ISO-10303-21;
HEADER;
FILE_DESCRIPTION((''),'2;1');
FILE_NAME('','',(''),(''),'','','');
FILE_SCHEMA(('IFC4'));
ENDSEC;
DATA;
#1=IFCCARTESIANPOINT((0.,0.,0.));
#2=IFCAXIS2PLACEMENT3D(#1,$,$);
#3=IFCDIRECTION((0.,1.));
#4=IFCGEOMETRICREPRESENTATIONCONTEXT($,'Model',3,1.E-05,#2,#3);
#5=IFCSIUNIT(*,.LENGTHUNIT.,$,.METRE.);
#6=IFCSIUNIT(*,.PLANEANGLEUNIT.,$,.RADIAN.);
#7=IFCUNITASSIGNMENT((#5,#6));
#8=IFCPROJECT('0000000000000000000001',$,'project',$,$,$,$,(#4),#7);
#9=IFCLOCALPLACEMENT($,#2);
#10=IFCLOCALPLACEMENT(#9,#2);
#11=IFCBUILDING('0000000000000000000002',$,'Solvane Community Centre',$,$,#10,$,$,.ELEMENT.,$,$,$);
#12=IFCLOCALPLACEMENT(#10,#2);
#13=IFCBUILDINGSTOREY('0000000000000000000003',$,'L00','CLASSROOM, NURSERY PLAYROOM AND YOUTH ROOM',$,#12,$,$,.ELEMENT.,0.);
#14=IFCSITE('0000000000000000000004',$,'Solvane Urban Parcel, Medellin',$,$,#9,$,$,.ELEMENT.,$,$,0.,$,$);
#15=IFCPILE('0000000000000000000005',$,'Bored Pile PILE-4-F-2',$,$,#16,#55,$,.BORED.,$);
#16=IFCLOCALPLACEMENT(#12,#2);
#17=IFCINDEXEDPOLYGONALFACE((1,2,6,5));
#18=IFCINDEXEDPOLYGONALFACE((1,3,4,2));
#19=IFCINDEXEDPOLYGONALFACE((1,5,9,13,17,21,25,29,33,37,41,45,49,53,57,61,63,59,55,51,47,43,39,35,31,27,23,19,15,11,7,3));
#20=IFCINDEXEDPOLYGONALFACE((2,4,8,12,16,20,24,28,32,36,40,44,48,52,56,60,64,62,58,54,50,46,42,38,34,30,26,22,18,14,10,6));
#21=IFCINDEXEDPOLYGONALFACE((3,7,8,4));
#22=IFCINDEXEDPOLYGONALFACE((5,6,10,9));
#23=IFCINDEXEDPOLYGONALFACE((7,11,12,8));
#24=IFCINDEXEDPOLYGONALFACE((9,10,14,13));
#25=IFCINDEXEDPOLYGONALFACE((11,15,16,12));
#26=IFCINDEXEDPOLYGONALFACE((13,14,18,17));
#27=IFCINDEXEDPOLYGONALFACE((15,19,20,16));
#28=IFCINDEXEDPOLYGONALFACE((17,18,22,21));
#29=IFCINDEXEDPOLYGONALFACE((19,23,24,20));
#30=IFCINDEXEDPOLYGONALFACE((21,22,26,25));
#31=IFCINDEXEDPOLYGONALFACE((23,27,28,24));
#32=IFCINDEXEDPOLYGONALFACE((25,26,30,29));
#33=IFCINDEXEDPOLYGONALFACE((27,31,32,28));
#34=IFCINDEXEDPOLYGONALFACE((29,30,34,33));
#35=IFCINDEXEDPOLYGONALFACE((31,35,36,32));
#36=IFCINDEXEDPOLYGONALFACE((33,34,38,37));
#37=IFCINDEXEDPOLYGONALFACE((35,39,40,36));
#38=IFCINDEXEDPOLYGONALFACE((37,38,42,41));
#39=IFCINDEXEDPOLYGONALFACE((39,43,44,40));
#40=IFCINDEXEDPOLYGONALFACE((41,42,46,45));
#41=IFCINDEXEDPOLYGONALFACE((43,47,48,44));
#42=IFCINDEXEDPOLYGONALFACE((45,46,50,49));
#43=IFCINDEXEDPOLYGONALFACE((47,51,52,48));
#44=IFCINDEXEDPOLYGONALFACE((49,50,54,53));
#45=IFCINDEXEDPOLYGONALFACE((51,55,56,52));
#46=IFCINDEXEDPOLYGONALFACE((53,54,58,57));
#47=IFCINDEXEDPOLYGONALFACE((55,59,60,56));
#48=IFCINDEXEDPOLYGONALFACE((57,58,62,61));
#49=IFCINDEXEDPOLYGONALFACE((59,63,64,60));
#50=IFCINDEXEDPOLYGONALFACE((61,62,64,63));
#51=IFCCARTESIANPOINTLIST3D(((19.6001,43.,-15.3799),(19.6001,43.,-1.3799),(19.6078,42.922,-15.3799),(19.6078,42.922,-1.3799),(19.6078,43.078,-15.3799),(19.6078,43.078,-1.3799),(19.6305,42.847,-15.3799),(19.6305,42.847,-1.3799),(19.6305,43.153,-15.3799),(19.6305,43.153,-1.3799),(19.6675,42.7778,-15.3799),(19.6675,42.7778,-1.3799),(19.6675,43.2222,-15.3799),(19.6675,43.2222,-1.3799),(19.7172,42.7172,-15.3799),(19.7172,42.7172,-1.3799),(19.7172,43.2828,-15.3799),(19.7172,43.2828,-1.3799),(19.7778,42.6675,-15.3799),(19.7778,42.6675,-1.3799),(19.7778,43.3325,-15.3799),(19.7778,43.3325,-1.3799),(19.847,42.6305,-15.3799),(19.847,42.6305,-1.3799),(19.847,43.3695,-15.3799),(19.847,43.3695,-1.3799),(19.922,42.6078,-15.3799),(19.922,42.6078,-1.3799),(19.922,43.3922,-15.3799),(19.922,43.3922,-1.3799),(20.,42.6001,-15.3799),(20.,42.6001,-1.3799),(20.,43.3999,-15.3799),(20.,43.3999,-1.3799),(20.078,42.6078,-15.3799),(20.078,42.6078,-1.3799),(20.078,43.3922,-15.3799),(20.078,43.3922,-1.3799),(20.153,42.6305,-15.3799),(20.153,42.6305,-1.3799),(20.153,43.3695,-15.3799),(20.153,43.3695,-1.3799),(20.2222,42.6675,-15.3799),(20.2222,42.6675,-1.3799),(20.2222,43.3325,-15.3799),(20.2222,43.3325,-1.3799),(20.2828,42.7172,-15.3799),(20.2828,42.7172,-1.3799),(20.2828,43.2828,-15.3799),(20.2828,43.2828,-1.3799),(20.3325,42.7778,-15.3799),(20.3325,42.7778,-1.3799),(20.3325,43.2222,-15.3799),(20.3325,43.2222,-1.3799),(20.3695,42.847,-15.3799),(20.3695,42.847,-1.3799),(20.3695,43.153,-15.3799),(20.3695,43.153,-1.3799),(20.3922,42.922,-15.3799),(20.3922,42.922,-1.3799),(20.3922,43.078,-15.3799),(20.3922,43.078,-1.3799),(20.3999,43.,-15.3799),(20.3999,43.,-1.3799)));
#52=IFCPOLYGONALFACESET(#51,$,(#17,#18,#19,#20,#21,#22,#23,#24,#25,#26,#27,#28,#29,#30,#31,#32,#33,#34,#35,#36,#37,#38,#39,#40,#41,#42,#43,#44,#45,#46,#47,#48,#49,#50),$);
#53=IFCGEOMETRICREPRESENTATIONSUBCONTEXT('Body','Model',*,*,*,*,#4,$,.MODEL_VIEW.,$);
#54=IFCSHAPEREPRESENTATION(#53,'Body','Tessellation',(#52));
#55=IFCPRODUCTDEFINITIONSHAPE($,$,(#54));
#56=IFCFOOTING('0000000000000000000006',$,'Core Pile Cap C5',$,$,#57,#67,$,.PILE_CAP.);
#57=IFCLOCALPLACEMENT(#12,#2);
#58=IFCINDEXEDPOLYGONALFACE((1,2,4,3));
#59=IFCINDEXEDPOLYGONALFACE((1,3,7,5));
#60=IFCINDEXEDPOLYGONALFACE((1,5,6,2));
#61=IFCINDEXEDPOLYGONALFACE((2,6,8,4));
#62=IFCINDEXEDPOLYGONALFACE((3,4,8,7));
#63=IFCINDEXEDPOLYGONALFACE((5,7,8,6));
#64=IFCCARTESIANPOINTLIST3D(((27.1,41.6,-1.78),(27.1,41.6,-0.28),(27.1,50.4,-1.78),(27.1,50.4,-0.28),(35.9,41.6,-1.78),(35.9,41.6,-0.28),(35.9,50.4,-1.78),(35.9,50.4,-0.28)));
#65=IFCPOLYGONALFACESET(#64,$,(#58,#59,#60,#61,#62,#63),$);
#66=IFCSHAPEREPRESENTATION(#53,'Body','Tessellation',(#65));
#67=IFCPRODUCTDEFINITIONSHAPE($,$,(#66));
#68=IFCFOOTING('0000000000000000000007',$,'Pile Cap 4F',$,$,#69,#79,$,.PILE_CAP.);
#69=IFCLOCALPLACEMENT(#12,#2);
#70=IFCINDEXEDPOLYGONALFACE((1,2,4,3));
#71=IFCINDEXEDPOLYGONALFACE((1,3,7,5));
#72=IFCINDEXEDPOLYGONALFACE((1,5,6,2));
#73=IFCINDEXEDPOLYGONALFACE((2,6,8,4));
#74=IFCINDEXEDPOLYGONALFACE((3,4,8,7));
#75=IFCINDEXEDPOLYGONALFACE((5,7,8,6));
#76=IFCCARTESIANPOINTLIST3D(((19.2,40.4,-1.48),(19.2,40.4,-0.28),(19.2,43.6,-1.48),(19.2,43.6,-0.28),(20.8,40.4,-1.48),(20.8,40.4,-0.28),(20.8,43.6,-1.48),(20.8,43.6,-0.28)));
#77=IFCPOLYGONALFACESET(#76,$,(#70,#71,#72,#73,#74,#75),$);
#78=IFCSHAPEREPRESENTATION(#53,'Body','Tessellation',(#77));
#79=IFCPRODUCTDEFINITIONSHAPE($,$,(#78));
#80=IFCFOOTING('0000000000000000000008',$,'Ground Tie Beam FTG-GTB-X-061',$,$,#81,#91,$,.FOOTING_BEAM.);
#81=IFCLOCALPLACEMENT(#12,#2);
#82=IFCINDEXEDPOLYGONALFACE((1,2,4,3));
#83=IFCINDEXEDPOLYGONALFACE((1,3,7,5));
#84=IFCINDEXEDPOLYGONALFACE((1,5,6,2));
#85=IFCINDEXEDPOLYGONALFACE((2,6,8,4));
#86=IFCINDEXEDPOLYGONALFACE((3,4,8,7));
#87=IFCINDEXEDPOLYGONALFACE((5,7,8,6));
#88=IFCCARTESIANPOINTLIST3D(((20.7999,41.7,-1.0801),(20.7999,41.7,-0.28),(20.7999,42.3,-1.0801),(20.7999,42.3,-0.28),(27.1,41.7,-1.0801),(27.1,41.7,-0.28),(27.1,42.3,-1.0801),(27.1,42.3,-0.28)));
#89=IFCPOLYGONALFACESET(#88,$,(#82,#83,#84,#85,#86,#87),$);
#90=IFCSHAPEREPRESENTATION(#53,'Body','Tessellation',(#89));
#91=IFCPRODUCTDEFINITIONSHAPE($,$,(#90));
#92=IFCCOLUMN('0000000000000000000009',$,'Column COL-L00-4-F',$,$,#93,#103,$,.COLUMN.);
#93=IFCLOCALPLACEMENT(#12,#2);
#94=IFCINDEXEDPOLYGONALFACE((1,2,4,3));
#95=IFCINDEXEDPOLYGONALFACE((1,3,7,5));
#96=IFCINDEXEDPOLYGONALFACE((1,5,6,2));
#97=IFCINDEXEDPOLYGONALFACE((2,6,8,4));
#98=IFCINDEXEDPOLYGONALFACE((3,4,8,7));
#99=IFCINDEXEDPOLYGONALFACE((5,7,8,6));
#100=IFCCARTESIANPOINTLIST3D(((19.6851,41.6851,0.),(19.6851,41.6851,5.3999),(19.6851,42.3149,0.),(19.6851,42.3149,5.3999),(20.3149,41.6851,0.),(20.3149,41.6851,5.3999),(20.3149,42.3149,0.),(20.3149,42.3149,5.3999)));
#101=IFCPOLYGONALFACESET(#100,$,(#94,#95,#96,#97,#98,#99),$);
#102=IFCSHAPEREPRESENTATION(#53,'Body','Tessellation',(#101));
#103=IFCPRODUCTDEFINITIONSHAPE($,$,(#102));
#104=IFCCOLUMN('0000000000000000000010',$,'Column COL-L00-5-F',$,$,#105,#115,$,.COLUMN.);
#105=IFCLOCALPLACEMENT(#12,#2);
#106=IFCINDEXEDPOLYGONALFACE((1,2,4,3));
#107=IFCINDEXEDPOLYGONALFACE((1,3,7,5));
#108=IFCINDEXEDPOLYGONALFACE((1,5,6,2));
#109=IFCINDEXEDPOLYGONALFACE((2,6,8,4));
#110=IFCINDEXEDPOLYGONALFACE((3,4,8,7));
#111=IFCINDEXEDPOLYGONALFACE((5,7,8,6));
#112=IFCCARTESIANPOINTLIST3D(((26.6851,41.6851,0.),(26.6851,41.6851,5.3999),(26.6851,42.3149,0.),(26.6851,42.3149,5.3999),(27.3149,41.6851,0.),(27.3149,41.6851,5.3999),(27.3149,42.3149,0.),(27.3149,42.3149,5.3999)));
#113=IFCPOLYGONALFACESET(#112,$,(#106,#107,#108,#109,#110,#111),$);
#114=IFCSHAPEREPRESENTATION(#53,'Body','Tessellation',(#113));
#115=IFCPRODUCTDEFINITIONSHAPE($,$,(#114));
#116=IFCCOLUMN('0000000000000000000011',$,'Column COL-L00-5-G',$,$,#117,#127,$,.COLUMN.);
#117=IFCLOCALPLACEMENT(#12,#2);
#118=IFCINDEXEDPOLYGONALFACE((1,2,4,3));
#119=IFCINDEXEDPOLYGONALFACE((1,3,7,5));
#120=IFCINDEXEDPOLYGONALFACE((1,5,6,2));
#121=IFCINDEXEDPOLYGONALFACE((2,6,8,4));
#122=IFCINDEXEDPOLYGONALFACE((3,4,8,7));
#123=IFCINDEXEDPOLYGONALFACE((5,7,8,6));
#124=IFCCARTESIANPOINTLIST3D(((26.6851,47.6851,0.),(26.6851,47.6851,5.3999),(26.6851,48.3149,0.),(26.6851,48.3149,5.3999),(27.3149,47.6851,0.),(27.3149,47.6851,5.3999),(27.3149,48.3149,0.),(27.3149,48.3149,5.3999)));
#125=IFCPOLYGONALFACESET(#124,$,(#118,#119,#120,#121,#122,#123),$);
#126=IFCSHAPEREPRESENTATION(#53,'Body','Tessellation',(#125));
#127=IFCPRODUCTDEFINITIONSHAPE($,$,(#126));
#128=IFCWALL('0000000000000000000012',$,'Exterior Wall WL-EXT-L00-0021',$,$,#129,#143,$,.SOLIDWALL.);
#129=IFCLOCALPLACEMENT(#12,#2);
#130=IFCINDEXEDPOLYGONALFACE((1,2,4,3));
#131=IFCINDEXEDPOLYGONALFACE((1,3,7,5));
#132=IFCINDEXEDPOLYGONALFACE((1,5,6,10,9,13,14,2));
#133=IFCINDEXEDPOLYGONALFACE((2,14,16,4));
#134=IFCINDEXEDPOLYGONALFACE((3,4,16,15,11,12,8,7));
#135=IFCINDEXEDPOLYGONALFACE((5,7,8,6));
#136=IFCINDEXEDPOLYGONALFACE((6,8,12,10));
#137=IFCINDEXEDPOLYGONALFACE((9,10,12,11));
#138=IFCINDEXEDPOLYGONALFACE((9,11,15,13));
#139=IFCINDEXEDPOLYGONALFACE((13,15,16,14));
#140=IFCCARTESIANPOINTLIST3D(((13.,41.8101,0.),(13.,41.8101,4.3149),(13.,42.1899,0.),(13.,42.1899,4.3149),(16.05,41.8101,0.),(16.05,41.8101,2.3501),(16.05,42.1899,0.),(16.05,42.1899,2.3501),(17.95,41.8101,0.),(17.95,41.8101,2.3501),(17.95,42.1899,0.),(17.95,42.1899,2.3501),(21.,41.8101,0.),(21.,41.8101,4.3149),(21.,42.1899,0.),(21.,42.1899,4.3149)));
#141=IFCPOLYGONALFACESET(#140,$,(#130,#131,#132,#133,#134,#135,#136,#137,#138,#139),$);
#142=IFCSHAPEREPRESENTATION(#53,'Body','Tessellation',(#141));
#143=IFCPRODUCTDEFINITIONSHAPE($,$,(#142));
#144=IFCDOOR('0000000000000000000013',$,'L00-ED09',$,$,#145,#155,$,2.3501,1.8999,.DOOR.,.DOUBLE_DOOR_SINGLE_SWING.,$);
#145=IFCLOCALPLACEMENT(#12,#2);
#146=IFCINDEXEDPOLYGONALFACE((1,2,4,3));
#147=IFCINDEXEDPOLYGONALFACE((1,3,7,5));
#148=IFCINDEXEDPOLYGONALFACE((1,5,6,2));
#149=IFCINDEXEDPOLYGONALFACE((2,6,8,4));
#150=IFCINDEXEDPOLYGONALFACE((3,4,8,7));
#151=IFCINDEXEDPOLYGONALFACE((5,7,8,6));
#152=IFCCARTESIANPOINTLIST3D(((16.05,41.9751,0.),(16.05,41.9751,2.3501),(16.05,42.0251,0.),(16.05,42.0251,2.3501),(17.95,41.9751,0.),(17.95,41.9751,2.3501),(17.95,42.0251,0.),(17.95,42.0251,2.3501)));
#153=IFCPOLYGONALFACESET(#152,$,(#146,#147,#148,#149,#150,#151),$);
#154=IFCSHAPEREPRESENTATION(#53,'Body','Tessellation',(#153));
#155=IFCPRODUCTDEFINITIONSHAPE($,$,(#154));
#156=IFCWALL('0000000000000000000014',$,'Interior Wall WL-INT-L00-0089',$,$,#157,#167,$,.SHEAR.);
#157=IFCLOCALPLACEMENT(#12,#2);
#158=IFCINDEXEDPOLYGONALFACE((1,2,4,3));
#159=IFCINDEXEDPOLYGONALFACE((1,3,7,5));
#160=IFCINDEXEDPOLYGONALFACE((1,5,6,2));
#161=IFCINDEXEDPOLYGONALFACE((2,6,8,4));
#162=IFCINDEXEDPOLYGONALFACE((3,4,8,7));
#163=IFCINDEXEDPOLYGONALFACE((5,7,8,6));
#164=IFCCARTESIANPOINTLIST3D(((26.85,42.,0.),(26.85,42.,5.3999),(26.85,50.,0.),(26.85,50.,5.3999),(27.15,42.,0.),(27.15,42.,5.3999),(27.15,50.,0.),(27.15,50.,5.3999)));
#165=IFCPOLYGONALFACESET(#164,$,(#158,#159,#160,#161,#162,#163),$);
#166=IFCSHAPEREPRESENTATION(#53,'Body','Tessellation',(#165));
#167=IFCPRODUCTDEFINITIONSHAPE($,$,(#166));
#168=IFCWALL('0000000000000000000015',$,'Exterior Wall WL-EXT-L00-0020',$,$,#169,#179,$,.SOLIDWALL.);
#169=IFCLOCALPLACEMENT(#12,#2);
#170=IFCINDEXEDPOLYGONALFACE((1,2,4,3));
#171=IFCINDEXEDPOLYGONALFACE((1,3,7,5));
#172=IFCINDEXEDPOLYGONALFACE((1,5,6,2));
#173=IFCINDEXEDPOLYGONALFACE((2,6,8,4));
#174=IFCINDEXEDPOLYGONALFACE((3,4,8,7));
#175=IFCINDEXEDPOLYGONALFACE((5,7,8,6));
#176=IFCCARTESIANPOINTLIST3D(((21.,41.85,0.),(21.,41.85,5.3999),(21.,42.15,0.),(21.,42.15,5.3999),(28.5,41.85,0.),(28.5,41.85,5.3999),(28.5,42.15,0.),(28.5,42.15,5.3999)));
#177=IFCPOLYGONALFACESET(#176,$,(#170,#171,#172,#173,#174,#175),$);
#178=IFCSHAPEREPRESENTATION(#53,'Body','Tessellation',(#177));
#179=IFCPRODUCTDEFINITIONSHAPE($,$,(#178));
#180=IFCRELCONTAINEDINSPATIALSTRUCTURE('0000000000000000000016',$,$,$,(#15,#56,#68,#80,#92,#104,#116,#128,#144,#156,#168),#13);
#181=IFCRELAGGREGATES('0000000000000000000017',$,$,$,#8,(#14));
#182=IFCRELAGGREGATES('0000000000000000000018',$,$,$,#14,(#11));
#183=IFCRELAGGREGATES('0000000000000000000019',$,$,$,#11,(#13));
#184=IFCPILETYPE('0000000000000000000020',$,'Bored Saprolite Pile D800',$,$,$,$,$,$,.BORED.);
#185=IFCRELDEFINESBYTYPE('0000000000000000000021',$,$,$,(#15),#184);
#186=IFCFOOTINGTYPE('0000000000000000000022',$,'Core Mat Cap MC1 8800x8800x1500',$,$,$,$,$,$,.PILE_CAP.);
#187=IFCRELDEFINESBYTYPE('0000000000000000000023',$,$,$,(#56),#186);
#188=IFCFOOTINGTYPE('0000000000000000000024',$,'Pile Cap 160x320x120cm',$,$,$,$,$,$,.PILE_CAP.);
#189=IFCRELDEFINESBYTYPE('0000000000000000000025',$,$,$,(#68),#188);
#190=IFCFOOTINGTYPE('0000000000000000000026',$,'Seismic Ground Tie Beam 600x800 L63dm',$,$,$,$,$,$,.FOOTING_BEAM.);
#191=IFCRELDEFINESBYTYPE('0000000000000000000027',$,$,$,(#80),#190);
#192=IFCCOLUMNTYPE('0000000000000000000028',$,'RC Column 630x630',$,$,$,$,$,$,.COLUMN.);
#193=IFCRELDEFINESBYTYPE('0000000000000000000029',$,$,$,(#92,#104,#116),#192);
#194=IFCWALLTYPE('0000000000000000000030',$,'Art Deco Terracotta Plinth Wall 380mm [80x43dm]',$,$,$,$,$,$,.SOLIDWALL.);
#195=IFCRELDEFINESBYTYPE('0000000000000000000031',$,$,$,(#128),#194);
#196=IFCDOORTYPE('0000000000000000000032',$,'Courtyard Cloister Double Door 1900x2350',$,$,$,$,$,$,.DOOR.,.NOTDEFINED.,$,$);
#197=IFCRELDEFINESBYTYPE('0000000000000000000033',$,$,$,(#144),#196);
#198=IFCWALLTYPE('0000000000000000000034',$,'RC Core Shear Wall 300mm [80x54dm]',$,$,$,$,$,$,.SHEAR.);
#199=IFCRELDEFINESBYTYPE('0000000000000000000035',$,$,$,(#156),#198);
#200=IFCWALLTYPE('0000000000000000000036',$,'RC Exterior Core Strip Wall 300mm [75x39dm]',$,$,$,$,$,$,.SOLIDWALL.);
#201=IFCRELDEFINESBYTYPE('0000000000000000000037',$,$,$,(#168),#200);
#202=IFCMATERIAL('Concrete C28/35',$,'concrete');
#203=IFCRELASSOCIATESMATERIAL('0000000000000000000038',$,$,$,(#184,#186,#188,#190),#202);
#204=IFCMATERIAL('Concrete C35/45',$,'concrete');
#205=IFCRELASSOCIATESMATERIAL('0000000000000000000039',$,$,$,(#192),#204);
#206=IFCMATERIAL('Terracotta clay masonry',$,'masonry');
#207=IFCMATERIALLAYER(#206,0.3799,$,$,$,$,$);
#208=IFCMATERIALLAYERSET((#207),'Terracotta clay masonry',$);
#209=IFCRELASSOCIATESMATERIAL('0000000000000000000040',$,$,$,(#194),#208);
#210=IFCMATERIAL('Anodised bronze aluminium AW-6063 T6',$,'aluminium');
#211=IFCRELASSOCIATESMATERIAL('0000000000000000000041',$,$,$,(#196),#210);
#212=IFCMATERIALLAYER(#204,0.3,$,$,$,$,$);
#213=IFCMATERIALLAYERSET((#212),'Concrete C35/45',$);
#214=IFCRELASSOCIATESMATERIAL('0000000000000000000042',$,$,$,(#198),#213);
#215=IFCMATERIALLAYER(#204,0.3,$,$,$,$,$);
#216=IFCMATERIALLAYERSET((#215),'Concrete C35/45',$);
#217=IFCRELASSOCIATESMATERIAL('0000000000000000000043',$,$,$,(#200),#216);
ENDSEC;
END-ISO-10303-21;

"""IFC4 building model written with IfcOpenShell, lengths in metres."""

from ifc_helpers import new_model, si_unit, direction, frame, frame_2d, origin, origin_2d, place, context, subcontext, project, spatial, rectangle, circle, extrude, material, layer, layer_set, material_profile, profile_set, type_object, element, fill, save


model = new_model("IFC4")

# Units and contexts
model_context = context("Model", 3, precision=1e-05, world=origin(), true_north=direction((0.0, 1.0)))
body_context = subcontext(model_context, "Body", "Model", "MODEL_VIEW")
ifc_project = project(units=[si_unit("LENGTHUNIT", "METRE"), si_unit("PLANEANGLEUNIT", "RADIAN")], contexts=[model_context])

# Site, building, storey
site_placement = place(None, origin())
site = spatial("IfcSite", under=ifc_project, at=site_placement, Name="Solvane Urban Parcel, Medellin", CompositionType="ELEMENT", RefElevation=0.0)
building_placement = place(site_placement, origin())
building = spatial("IfcBuilding", under=site, at=building_placement, Name="Solvane Community Centre", CompositionType="ELEMENT")
storey_placement = place(building_placement, origin())
storey = spatial("IfcBuildingStorey", under=building, at=storey_placement, Name="L00", Description="CLASSROOM, NURSERY PLAYROOM AND YOUTH ROOM", CompositionType="ELEMENT", Elevation=0.0)

# Pile
ifc_material_1 = material(Name="Concrete C28/35", Category="concrete")
ifc_material_profile_1 = material_profile(ifc_material_1, circle(Radius=0.3999, at=origin_2d()), Name="PILE D800")
ifc_profile_set_1 = profile_set([ifc_material_profile_1], Name="Concrete C28/35")
pile_type_1 = type_object("IfcPileType", Name="Bored Saprolite Pile D800", PredefinedType="BORED", material=ifc_profile_set_1)
pile_placement = place(storey_placement, frame((20.0, 43.0, -1.3799), z_axis=(0.0, 0.0, -1.0), x_axis=(1.0, 0.0, 0.0)))
element("IfcPile", 1, at=pile_placement, inside=storey, type_object=pile_type_1, Name="Bored Pile PILE-4-F-2", PredefinedType="BORED", context=body_context, shape_type="SweptSolid", body=[
    extrude(circle(Radius=0.3999, at=origin_2d()), origin(), (0.0, 0.0, 1.0), 14.0),
])

# Footings
footing_type_1 = type_object("IfcFootingType", Name="Core Mat Cap MC1 8800x8800x1500", PredefinedType="PILE_CAP", material=ifc_material_1)
footing_1_placement = place(storey_placement, frame((31.5, 46.0, -1.78), z_axis=(0.0, 0.0, 1.0), x_axis=(1.0, 0.0, 0.0)))
element("IfcFooting", 2, at=footing_1_placement, inside=storey, type_object=footing_type_1, Name="Core Pile Cap C5", PredefinedType="PILE_CAP", context=body_context, shape_type="SweptSolid", body=[
    extrude(rectangle(XDim=8.8, YDim=8.8, at=origin_2d()), origin(), (0.0, 0.0, 1.0), 1.5),
])
footing_type_2 = type_object("IfcFootingType", Name="Pile Cap 160x320x120cm", PredefinedType="PILE_CAP", material=ifc_material_1)
footing_2_placement = place(storey_placement, frame((20.0, 42.0, -1.48), z_axis=(0.0, 0.0, 1.0), x_axis=(1.0, 0.0, 0.0)))
element("IfcFooting", 3, at=footing_2_placement, inside=storey, type_object=footing_type_2, Name="Pile Cap 4F", PredefinedType="PILE_CAP", context=body_context, shape_type="SweptSolid", body=[
    extrude(rectangle(XDim=1.6001, YDim=3.2, at=origin_2d()), origin(), (0.0, 0.0, 1.0), 1.2),
])
footing_type_3 = type_object("IfcFootingType", Name="Seismic Ground Tie Beam 600x800 L63dm", PredefinedType="FOOTING_BEAM", material=ifc_material_1)
footing_3_placement = place(storey_placement, frame((23.95, 42.0, -1.0801), z_axis=(0.0, 0.0, 1.0), x_axis=(1.0, 0.0, 0.0)))
element("IfcFooting", 4, at=footing_3_placement, inside=storey, type_object=footing_type_3, Name="Ground Tie Beam FTG-GTB-X-061", PredefinedType="FOOTING_BEAM", context=body_context, shape_type="SweptSolid", body=[
    extrude(rectangle(XDim=6.3, YDim=0.6001, at=origin_2d()), origin(), (0.0, 0.0, 1.0), 0.8),
])

# Columns
ifc_material_2 = material(Name="Concrete C35/45", Category="concrete")
ifc_material_profile_2 = material_profile(ifc_material_2, rectangle(XDim=0.6299, YDim=0.6299, at=origin_2d()), Name="RC 630x630")
ifc_profile_set_2 = profile_set([ifc_material_profile_2], Name="Concrete C35/45")
column_type = type_object("IfcColumnType", Name="RC Column 630x630", PredefinedType="COLUMN", material=ifc_profile_set_2)
for number, where, z_axis, x_axis, name in (
    (5, (20.0, 42.0, 0.0), (0.0, 0.0, 1.0), (1.0, 0.0, 0.0), "Column COL-L00-4-F"),
    (6, (27.0, 42.0, 0.0), (0.0, 0.0, 1.0), (1.0, 0.0, 0.0), "Column COL-L00-5-F"),
    (7, (27.0, 48.0, 0.0), (0.0, 0.0, 1.0), (1.0, 0.0, 0.0), "Column COL-L00-5-G"),
):
    element("IfcColumn", number, at=place(storey_placement, frame(where, z_axis=z_axis, x_axis=x_axis)), inside=storey, type_object=column_type, Name=name, PredefinedType="COLUMN", context=body_context, shape_type="SweptSolid", body=[
        extrude(rectangle(XDim=0.6299, YDim=0.6299, at=origin_2d()), origin(), (0.0, 0.0, 1.0), 5.3999),
    ])

# Wall, opening, door
ifc_material_3 = material(Name="Terracotta clay masonry", Category="masonry")
ifc_layer_1 = layer(ifc_material_3, 0.3799)
ifc_layer_set_1 = layer_set([ifc_layer_1], Name="Terracotta clay masonry")
wall_type_1 = type_object("IfcWallType", Name="Art Deco Terracotta Plinth Wall 380mm [80x43dm]", PredefinedType="SOLIDWALL", material=ifc_layer_set_1)
wall_1_placement = place(storey_placement, frame((21.0, 42.0, 0.0), z_axis=(0.0, 0.0, 1.0), x_axis=(-1.0, 0.0, 0.0)))
wall_1 = element("IfcWall", 8, at=wall_1_placement, inside=storey, type_object=wall_type_1, Name="Exterior Wall WL-EXT-L00-0021", PredefinedType="SOLIDWALL", context=body_context, shape_type="SweptSolid", body=[
    extrude(rectangle(XDim=8.0, YDim=0.3799, at=frame_2d((4.0, 0.0))), origin(), (0.0, 0.0, 1.0), 4.3149),
])
opening_placement = place(wall_1_placement, frame((3.05, 0.0, 0.0)))
opening = element("IfcOpeningElement", 9, at=opening_placement, cuts=wall_1, PredefinedType="OPENING", context=body_context, shape_type="SweptSolid", body=[
    extrude(rectangle(XDim=1.8999, YDim=2.3501, at=frame_2d((0.95, 1.175))), frame((0.0, 0.2, 0.0), z_axis=(0.0, -1.0, 0.0), x_axis=(1.0, 0.0, 0.0)), (0.0, 0.0, 1.0), 0.3999),
])
ifc_material_4 = material(Name="Anodised bronze aluminium AW-6063 T6", Category="aluminium")
door_type = type_object("IfcDoorType", Name="Courtyard Cloister Double Door 1900x2350", OperationType="NOTDEFINED", PredefinedType="DOOR", material=ifc_material_4)
door_placement = place(opening_placement, origin())
door = element("IfcDoor", 10, at=door_placement, inside=storey, type_object=door_type, Name="L00-ED09", OperationType="DOUBLE_DOOR_SINGLE_SWING", OverallHeight=2.3501, OverallWidth=1.8999, PredefinedType="DOOR", context=body_context, shape_type="SweptSolid", body=[
    extrude(rectangle(XDim=1.8999, YDim=2.3501, at=frame_2d((0.95, 1.175))), frame((0.0, 0.0249, 0.0), z_axis=(0.0, -1.0, 0.0), x_axis=(1.0, 0.0, 0.0)), (0.0, 0.0, 1.0), 0.05),
])
fill(opening, door)

# Walls
ifc_layer_2 = layer(ifc_material_2, 0.3)
ifc_layer_set_2 = layer_set([ifc_layer_2], Name="Concrete C35/45")
wall_type_2 = type_object("IfcWallType", Name="RC Core Shear Wall 300mm [80x54dm]", PredefinedType="SHEAR", material=ifc_layer_set_2)
wall_2_placement = place(storey_placement, frame((27.0, 42.0, 0.0), z_axis=(0.0, 0.0, 1.0), x_axis=(0.0, 1.0, 0.0)))
element("IfcWall", 11, at=wall_2_placement, inside=storey, type_object=wall_type_2, Name="Interior Wall WL-INT-L00-0089", PredefinedType="SHEAR", context=body_context, shape_type="SweptSolid", body=[
    extrude(rectangle(XDim=8.0, YDim=0.3, at=frame_2d((4.0, 0.0))), origin(), (0.0, 0.0, 1.0), 5.3999),
])
ifc_layer_3 = layer(ifc_material_2, 0.3)
ifc_layer_set_3 = layer_set([ifc_layer_3], Name="Concrete C35/45")
wall_type_3 = type_object("IfcWallType", Name="RC Exterior Core Strip Wall 300mm [75x39dm]", PredefinedType="SOLIDWALL", material=ifc_layer_set_3)
wall_3_placement = place(storey_placement, frame((28.5, 42.0, 0.0), z_axis=(0.0, 0.0, 1.0), x_axis=(-1.0, 0.0, 0.0)))
element("IfcWall", 12, at=wall_3_placement, inside=storey, type_object=wall_type_3, Name="Exterior Wall WL-EXT-L00-0020", PredefinedType="SOLIDWALL", context=body_context, shape_type="SweptSolid", body=[
    extrude(rectangle(XDim=7.5, YDim=0.3, at=frame_2d((3.75, 0.0))), origin(), (0.0, 0.0, 1.0), 5.3999),
])

save(model, "model.ifc")
